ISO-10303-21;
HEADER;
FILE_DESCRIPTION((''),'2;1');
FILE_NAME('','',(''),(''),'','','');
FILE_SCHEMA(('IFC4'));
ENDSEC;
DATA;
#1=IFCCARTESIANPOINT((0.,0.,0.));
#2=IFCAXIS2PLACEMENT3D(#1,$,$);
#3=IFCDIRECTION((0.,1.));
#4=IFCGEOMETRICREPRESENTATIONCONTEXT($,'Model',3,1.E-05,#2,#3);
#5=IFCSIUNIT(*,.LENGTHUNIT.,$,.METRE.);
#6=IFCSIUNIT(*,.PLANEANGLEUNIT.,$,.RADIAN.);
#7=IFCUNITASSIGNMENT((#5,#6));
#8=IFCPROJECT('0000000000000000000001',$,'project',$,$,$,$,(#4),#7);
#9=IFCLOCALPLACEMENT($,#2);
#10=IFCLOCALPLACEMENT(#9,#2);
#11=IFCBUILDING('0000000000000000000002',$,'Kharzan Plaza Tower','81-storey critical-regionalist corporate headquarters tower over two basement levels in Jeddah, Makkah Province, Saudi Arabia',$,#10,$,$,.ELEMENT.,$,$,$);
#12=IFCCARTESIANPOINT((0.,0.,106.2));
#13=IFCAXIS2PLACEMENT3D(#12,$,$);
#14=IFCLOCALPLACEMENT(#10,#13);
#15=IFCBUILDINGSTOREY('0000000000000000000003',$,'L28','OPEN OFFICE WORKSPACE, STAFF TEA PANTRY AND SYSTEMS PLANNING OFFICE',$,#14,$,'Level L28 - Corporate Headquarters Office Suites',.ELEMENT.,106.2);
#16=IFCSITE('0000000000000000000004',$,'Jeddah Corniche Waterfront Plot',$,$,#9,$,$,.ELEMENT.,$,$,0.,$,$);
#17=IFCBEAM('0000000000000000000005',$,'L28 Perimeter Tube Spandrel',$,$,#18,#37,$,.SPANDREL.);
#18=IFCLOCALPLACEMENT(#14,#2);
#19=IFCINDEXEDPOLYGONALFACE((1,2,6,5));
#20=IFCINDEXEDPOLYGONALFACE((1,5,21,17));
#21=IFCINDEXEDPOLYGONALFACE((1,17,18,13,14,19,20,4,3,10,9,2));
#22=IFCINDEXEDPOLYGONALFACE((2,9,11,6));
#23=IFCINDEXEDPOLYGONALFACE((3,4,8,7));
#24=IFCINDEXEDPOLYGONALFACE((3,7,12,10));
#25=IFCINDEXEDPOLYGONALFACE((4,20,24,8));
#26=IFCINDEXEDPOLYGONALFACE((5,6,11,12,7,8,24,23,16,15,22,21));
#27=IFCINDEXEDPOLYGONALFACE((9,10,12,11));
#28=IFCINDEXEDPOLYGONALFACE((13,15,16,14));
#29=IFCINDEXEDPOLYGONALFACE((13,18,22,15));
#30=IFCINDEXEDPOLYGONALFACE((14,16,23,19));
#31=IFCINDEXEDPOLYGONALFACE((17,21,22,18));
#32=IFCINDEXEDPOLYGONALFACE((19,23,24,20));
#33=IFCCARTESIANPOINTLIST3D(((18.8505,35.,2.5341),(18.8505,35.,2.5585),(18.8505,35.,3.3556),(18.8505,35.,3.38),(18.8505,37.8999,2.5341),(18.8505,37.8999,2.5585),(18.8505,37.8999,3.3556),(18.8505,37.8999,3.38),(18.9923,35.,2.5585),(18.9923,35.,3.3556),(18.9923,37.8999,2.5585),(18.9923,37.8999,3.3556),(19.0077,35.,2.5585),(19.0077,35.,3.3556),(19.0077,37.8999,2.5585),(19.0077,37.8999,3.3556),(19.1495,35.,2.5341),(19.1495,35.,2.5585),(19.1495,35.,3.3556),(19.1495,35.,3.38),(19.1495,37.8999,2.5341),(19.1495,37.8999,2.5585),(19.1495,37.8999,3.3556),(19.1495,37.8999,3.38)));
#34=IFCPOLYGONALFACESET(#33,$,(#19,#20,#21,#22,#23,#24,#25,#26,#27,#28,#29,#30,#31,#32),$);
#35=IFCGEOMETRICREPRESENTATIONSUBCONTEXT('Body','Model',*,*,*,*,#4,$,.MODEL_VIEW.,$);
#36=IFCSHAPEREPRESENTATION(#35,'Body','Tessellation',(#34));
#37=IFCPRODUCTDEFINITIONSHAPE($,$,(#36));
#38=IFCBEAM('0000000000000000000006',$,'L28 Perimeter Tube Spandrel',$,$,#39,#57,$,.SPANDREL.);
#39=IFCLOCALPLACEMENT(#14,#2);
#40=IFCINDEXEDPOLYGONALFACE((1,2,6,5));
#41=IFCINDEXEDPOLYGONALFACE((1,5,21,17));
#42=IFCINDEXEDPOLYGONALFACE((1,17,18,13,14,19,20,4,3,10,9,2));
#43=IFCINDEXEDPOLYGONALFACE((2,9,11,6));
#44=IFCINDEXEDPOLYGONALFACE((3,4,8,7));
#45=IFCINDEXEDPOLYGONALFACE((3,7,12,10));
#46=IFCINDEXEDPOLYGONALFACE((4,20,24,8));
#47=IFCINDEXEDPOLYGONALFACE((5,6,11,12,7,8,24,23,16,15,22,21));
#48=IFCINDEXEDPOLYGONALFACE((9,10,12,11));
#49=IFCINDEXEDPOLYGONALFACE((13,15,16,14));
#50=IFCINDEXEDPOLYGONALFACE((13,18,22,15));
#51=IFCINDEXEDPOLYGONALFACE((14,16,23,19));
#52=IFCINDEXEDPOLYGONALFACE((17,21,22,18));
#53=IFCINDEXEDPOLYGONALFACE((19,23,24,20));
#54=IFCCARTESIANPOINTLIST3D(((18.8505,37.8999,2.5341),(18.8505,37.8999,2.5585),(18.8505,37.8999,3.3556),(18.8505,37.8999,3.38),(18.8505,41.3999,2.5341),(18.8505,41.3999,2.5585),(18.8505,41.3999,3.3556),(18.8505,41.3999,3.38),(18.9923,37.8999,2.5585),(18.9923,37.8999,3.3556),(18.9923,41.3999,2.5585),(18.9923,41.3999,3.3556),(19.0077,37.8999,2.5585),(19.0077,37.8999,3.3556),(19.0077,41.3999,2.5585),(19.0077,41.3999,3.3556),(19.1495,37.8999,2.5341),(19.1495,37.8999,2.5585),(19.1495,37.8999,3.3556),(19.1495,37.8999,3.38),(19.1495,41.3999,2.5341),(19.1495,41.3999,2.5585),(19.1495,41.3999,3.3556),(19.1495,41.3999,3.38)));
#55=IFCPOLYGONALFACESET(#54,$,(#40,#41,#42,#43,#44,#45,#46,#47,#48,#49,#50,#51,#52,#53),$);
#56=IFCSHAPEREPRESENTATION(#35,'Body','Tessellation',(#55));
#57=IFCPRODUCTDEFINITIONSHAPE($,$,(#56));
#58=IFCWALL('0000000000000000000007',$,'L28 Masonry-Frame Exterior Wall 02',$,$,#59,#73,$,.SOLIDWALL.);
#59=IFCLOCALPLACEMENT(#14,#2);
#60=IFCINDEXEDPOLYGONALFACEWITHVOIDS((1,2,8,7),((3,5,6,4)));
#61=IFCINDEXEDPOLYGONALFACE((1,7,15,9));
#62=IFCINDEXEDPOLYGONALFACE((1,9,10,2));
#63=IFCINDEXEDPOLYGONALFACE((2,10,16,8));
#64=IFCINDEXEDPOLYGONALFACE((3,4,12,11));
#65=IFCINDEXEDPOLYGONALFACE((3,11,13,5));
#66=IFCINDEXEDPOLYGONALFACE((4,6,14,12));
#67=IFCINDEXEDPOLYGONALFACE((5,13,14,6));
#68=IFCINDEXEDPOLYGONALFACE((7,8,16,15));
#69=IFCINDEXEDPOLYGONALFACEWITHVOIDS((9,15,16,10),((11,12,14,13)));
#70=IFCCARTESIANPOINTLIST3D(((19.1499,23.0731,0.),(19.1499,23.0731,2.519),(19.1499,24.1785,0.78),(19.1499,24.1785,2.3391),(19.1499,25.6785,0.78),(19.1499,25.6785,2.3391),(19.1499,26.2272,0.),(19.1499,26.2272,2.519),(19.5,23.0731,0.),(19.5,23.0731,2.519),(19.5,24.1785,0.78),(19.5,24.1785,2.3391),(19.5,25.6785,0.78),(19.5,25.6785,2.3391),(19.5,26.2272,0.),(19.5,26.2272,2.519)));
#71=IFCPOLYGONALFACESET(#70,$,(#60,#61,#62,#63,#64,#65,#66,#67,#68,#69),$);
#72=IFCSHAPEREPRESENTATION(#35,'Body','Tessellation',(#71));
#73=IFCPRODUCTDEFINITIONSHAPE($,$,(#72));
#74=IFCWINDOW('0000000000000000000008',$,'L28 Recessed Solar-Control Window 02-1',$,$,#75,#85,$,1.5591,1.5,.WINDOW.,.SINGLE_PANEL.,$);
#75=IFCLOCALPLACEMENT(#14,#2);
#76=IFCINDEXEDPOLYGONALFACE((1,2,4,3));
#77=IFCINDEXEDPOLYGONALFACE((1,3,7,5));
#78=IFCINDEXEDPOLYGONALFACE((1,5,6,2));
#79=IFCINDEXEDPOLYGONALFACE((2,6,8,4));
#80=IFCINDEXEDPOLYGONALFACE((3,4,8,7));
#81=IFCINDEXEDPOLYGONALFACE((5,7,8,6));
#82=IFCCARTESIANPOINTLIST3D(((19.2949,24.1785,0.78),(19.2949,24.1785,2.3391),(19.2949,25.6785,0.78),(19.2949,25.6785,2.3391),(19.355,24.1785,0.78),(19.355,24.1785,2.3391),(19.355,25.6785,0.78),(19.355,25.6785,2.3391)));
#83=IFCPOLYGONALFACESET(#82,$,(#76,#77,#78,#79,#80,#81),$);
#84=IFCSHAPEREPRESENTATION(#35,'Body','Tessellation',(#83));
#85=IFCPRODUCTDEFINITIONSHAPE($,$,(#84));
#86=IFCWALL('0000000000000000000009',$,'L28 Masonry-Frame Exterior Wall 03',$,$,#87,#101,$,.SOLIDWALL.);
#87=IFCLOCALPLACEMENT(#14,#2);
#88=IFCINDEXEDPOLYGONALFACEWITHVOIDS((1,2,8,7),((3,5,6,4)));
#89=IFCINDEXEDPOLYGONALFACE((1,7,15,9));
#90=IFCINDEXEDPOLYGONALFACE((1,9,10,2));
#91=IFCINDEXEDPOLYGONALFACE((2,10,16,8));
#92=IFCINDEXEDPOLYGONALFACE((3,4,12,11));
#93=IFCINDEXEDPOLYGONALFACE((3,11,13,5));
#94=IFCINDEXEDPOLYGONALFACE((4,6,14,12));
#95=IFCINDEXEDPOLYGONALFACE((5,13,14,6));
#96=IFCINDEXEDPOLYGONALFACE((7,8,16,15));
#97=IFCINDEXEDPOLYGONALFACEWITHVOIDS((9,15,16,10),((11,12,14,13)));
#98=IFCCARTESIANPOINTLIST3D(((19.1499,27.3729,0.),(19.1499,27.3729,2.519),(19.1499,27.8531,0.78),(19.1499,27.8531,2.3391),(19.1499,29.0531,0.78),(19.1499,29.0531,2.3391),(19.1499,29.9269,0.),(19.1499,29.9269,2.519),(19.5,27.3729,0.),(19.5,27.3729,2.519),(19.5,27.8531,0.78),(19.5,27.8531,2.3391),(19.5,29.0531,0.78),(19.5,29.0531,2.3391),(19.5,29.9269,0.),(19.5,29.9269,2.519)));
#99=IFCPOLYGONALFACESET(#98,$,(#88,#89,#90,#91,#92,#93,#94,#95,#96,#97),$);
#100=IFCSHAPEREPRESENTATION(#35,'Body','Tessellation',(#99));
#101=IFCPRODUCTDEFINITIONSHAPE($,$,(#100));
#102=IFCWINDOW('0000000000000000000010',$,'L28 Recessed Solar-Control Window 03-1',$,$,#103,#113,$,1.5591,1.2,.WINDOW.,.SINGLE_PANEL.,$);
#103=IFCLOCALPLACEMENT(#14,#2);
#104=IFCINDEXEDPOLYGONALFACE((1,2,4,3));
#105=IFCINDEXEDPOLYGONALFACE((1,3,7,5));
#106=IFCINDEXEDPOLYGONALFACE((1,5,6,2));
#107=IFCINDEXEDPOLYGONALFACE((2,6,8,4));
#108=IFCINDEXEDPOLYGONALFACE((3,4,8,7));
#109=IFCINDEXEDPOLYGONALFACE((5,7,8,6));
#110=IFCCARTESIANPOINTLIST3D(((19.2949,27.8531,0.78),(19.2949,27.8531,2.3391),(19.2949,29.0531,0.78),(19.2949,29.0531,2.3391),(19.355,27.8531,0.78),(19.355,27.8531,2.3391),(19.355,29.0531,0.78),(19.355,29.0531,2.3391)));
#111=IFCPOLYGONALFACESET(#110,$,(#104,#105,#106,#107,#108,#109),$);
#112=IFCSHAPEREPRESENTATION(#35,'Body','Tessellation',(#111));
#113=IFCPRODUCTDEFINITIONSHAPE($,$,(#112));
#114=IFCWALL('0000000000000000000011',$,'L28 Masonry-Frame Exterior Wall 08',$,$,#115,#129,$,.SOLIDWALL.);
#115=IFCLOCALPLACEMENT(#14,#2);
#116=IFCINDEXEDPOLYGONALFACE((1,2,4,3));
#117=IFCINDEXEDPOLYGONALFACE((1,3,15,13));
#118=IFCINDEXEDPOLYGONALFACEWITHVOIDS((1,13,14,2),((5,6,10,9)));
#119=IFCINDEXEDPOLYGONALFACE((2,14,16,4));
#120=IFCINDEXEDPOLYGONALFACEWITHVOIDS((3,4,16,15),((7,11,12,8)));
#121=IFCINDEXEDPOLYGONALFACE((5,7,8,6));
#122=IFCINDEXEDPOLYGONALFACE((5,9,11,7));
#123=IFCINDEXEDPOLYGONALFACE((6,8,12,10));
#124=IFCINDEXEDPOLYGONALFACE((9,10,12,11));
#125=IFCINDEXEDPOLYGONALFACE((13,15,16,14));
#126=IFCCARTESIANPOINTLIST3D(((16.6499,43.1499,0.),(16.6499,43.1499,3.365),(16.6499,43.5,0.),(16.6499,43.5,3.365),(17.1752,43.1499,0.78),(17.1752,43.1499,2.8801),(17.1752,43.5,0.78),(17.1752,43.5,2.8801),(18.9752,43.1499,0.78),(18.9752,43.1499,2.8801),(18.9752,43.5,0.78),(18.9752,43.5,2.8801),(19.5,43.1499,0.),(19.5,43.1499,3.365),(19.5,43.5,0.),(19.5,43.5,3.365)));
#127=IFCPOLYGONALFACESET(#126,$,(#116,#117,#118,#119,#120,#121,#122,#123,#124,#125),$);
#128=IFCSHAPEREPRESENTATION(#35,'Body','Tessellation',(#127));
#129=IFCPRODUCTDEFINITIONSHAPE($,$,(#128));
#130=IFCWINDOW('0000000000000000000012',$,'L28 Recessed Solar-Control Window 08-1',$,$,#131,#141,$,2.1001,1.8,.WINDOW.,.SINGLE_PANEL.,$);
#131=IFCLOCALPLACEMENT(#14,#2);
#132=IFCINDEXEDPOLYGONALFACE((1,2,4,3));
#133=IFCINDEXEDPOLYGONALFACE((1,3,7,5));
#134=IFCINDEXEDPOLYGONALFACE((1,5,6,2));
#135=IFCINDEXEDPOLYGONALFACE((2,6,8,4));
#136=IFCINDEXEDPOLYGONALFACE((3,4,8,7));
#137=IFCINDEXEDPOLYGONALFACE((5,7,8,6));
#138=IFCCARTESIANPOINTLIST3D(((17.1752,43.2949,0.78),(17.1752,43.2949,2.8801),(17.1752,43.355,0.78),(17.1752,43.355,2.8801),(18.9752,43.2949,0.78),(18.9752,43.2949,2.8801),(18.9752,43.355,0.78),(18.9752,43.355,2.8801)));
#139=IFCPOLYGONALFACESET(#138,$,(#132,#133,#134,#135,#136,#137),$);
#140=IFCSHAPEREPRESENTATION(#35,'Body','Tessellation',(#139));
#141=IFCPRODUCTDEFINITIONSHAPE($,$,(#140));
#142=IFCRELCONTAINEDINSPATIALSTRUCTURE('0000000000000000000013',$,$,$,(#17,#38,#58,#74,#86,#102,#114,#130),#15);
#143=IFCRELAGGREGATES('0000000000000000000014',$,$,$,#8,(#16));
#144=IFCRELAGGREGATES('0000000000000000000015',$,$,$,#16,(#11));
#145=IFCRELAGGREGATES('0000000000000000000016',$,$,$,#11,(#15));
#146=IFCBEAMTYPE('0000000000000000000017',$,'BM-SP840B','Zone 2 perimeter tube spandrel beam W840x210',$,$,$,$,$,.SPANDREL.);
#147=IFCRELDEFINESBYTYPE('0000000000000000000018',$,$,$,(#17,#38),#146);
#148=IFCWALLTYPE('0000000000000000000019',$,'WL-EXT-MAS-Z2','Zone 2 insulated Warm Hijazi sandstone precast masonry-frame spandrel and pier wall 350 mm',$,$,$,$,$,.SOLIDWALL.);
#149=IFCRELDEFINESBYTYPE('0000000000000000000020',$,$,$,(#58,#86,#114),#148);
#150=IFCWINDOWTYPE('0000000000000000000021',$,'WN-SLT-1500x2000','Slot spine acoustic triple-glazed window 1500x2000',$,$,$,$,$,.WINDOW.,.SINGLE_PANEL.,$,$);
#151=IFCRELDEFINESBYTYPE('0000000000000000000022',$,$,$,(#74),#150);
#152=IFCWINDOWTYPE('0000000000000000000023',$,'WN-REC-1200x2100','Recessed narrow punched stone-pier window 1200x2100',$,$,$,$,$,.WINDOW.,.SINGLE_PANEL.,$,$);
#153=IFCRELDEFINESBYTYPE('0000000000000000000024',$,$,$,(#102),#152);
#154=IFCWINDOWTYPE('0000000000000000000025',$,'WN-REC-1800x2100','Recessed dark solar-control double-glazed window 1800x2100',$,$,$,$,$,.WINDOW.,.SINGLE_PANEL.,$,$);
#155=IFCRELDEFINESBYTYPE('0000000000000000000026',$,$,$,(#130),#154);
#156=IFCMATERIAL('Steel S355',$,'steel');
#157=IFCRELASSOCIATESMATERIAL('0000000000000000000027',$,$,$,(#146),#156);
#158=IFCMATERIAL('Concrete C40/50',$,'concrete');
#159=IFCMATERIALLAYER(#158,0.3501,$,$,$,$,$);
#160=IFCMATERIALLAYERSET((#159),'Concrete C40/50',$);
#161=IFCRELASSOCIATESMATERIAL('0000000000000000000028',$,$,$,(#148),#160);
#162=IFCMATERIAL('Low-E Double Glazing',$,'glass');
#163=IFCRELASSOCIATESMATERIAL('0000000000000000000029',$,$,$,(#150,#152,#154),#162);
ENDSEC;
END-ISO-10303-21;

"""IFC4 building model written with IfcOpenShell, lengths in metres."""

from ifc_helpers import new_model, si_unit, direction, frame, frame_2d, origin, origin_2d, place, context, subcontext, project, spatial, rectangle, i_section, extrude, source, transform, mapped, material, layer, layer_set, material_profile, profile_set, type_object, element, fill, save


model = new_model("IFC4")

# Units and contexts
model_context = context("Model", 3, precision=1e-05, world=origin(), true_north=direction((0.0, 1.0)))
body_context = subcontext(model_context, "Body", "Model", "MODEL_VIEW")
ifc_project = project(units=[si_unit("LENGTHUNIT", "METRE"), si_unit("PLANEANGLEUNIT", "RADIAN")], contexts=[model_context])

# Site, building, storey
site_placement = place(None, origin())
site = spatial("IfcSite", under=ifc_project, at=site_placement, Name="Jeddah Corniche Waterfront Plot", CompositionType="ELEMENT", RefElevation=0.0)
building_placement = place(site_placement, origin())
building = spatial("IfcBuilding", under=site, at=building_placement, Name="Kharzan Plaza Tower", Description="81-storey critical-regionalist corporate headquarters tower over two basement levels in Jeddah, Makkah Province, Saudi Arabia", CompositionType="ELEMENT")
storey_placement = place(building_placement, frame((0.0, 0.0, 106.2)))
storey = spatial("IfcBuildingStorey", under=building, at=storey_placement, Name="L28", Description="OPEN OFFICE WORKSPACE, STAFF TEA PANTRY AND SYSTEMS PLANNING OFFICE", LongName="Level L28 - Corporate Headquarters Office Suites", CompositionType="ELEMENT", Elevation=106.2)

# Beams
ifc_material_1 = material(Name="Steel S355", Category="steel")
ifc_material_profile_1 = material_profile(ifc_material_1, i_section(OverallWidth=0.2991, OverallDepth=0.8459, WebThickness=0.0154, FlangeThickness=0.0244, at=origin_2d()), Name="W840x210")
ifc_profile_set_1 = profile_set([ifc_material_profile_1], Name="Steel S355")
beam_type = type_object("IfcBeamType", Name="BM-SP840B", Description="Zone 2 perimeter tube spandrel beam W840x210", PredefinedType="SPANDREL", material=ifc_profile_set_1)
shared_shape_1 = source(origin(), body_context, "Body", "SweptSolid", [
    extrude(i_section(OverallWidth=0.2991, OverallDepth=0.8459, WebThickness=0.0154, FlangeThickness=0.0244, at=origin_2d()), origin(), (0.0, 0.0, 1.0), 2.8999),
])
beam_1_placement = place(storey_placement, frame((19.0, 35.0, 2.957), z_axis=(0.0, 1.0, 0.0), x_axis=(-1.0, 0.0, 0.0)))
element("IfcBeam", 1, at=beam_1_placement, inside=storey, type_object=beam_type, Name="L28 Perimeter Tube Spandrel", PredefinedType="SPANDREL", context=body_context, shape_type="MappedRepresentation", body=[
    mapped(shared_shape_1, transform((0.0, 0.0, 0.0), x_axis=(1.0, 0.0, 0.0), y_axis=(0.0, 1.0, 0.0), z_axis=(0.0, 0.0, 1.0))),
])
shared_shape_2 = source(origin(), body_context, "Body", "SweptSolid", [
    extrude(i_section(OverallWidth=0.2991, OverallDepth=0.8459, WebThickness=0.0154, FlangeThickness=0.0244, at=origin_2d()), origin(), (0.0, 0.0, 1.0), 3.5),
])
beam_2_placement = place(storey_placement, frame((19.0, 37.8999, 2.957), z_axis=(0.0, 1.0, 0.0), x_axis=(-1.0, 0.0, 0.0)))
element("IfcBeam", 2, at=beam_2_placement, inside=storey, type_object=beam_type, Name="L28 Perimeter Tube Spandrel", PredefinedType="SPANDREL", context=body_context, shape_type="MappedRepresentation", body=[
    mapped(shared_shape_2, transform((0.0, 0.0, 0.0), x_axis=(1.0, 0.0, 0.0), y_axis=(0.0, 1.0, 0.0), z_axis=(0.0, 0.0, 1.0))),
])

# Walls, openings, windows
ifc_material_2 = material(Name="Concrete C40/50", Category="concrete")
ifc_layer_1 = layer(ifc_material_2, 0.3501)
ifc_layer_set_1 = layer_set([ifc_layer_1], Name="Concrete C40/50")
wall_type_1 = type_object("IfcWallType", Name="WL-EXT-MAS-Z2", Description="Zone 2 insulated Warm Hijazi sandstone precast masonry-frame spandrel and pier wall 350 mm", PredefinedType="SOLIDWALL", material=ifc_layer_set_1)
wall_1_placement = place(storey_placement, frame((19.325, 23.073, 0.0), z_axis=(0.0, 0.0, 1.0), x_axis=(0.0, 1.0, 0.0)))
wall_1 = element("IfcWall", 3, at=wall_1_placement, inside=storey, type_object=wall_type_1, Name="L28 Masonry-Frame Exterior Wall 02", PredefinedType="SOLIDWALL", context=body_context, shape_type="SweptSolid", body=[
    extrude(rectangle(XDim=3.1541, YDim=0.3501, at=frame_2d((1.5771, 0.0))), origin(), (0.0, 0.0, 1.0), 2.519),
])
opening_1_placement = place(wall_1_placement, frame((1.1055, 0.0, 0.78)))
opening_1 = element("IfcOpeningElement", 4, at=opening_1_placement, cuts=wall_1, PredefinedType="OPENING", context=body_context, shape_type="SweptSolid", body=[
    extrude(rectangle(XDim=1.5, YDim=1.5591, at=frame_2d((0.75, 0.7795))), frame((0.0, 0.1851, 0.0), z_axis=(0.0, -1.0, 0.0), x_axis=(1.0, 0.0, 0.0)), (0.0, 0.0, 1.0), 0.3701),
])
ifc_material_3 = material(Name="Low-E Double Glazing", Category="glass")
window_type_1 = type_object("IfcWindowType", Name="WN-SLT-1500x2000", Description="Slot spine acoustic triple-glazed window 1500x2000", PartitioningType="SINGLE_PANEL", PredefinedType="WINDOW", material=ifc_material_3)
shared_shape_3 = source(origin(), body_context, "Body", "SweptSolid", [
    extrude(rectangle(XDim=1.5, YDim=1.5591, at=frame_2d((0.75, 0.7795))), frame((0.0, 0.03, 0.0), z_axis=(0.0, -1.0, 0.0), x_axis=(1.0, 0.0, 0.0)), (0.0, 0.0, 1.0), 0.0601),
])
window_1_placement = place(opening_1_placement, origin())
window_1 = element("IfcWindow", 5, at=window_1_placement, inside=storey, type_object=window_type_1, Name="L28 Recessed Solar-Control Window 02-1", OverallHeight=1.5591, OverallWidth=1.5, PartitioningType="SINGLE_PANEL", PredefinedType="WINDOW", context=body_context, shape_type="MappedRepresentation", body=[
    mapped(shared_shape_3, transform((0.0, 0.0, 0.0), x_axis=(1.0, 0.0, 0.0), y_axis=(0.0, 1.0, 0.0), z_axis=(0.0, 0.0, 1.0))),
])
fill(opening_1, window_1)
wall_2_placement = place(storey_placement, frame((19.325, 27.373, 0.0), z_axis=(0.0, 0.0, 1.0), x_axis=(0.0, 1.0, 0.0)))
wall_2 = element("IfcWall", 6, at=wall_2_placement, inside=storey, type_object=wall_type_1, Name="L28 Masonry-Frame Exterior Wall 03", PredefinedType="SOLIDWALL", context=body_context, shape_type="SweptSolid", body=[
    extrude(rectangle(XDim=2.554, YDim=0.3501, at=frame_2d((1.2769, 0.0))), origin(), (0.0, 0.0, 1.0), 2.519),
])
opening_2_placement = place(wall_2_placement, frame((0.48, 0.0, 0.78)))
opening_2 = element("IfcOpeningElement", 7, at=opening_2_placement, cuts=wall_2, PredefinedType="OPENING", context=body_context, shape_type="SweptSolid", body=[
    extrude(rectangle(XDim=1.2, YDim=1.5591, at=frame_2d((0.6001, 0.7795))), frame((0.0, 0.1851, 0.0), z_axis=(0.0, -1.0, 0.0), x_axis=(1.0, 0.0, 0.0)), (0.0, 0.0, 1.0), 0.3701),
])
window_type_2 = type_object("IfcWindowType", Name="WN-REC-1200x2100", Description="Recessed narrow punched stone-pier window 1200x2100", PartitioningType="SINGLE_PANEL", PredefinedType="WINDOW", material=ifc_material_3)
shared_shape_4 = source(origin(), body_context, "Body", "SweptSolid", [
    extrude(rectangle(XDim=1.2, YDim=1.5591, at=frame_2d((0.6001, 0.7795))), frame((0.0, 0.03, 0.0), z_axis=(0.0, -1.0, 0.0), x_axis=(1.0, 0.0, 0.0)), (0.0, 0.0, 1.0), 0.0601),
])
window_2_placement = place(opening_2_placement, origin())
window_2 = element("IfcWindow", 8, at=window_2_placement, inside=storey, type_object=window_type_2, Name="L28 Recessed Solar-Control Window 03-1", OverallHeight=1.5591, OverallWidth=1.2, PartitioningType="SINGLE_PANEL", PredefinedType="WINDOW", context=body_context, shape_type="MappedRepresentation", body=[
    mapped(shared_shape_4, transform((0.0, 0.0, 0.0), x_axis=(1.0, 0.0, 0.0), y_axis=(0.0, 1.0, 0.0), z_axis=(0.0, 0.0, 1.0))),
])
fill(opening_2, window_2)
wall_3_placement = place(storey_placement, frame((19.5, 43.325, 0.0), z_axis=(0.0, 0.0, 1.0), x_axis=(-1.0, 0.0, 0.0)))
wall_3 = element("IfcWall", 9, at=wall_3_placement, inside=storey, type_object=wall_type_1, Name="L28 Masonry-Frame Exterior Wall 08", PredefinedType="SOLIDWALL", context=body_context, shape_type="SweptSolid", body=[
    extrude(rectangle(XDim=2.8501, YDim=0.3501, at=frame_2d((1.425, 0.0))), origin(), (0.0, 0.0, 1.0), 3.365),
])
opening_3_placement = place(wall_3_placement, frame((0.5249, 0.0, 0.78)))
opening_3 = element("IfcOpeningElement", 10, at=opening_3_placement, cuts=wall_3, PredefinedType="OPENING", context=body_context, shape_type="SweptSolid", body=[
    extrude(rectangle(XDim=1.8, YDim=2.1001, at=frame_2d((0.8999, 1.05))), frame((0.0, 0.1851, 0.0), z_axis=(0.0, -1.0, 0.0), x_axis=(1.0, 0.0, 0.0)), (0.0, 0.0, 1.0), 0.3701),
])
window_type_3 = type_object("IfcWindowType", Name="WN-REC-1800x2100", Description="Recessed dark solar-control double-glazed window 1800x2100", PartitioningType="SINGLE_PANEL", PredefinedType="WINDOW", material=ifc_material_3)
shared_shape_5 = source(origin(), body_context, "Body", "SweptSolid", [
    extrude(rectangle(XDim=1.8, YDim=2.1001, at=frame_2d((0.8999, 1.05))), frame((0.0, 0.03, 0.0), z_axis=(0.0, -1.0, 0.0), x_axis=(1.0, 0.0, 0.0)), (0.0, 0.0, 1.0), 0.0601),
])
window_3_placement = place(opening_3_placement, origin())
window_3 = element("IfcWindow", 11, at=window_3_placement, inside=storey, type_object=window_type_3, Name="L28 Recessed Solar-Control Window 08-1", OverallHeight=2.1001, OverallWidth=1.8, PartitioningType="SINGLE_PANEL", PredefinedType="WINDOW", context=body_context, shape_type="MappedRepresentation", body=[
    mapped(shared_shape_5, transform((0.0, 0.0, 0.0), x_axis=(1.0, 0.0, 0.0), y_axis=(0.0, 1.0, 0.0), z_axis=(0.0, 0.0, 1.0))),
])
fill(opening_3, window_3)

save(model, "model.ifc")
